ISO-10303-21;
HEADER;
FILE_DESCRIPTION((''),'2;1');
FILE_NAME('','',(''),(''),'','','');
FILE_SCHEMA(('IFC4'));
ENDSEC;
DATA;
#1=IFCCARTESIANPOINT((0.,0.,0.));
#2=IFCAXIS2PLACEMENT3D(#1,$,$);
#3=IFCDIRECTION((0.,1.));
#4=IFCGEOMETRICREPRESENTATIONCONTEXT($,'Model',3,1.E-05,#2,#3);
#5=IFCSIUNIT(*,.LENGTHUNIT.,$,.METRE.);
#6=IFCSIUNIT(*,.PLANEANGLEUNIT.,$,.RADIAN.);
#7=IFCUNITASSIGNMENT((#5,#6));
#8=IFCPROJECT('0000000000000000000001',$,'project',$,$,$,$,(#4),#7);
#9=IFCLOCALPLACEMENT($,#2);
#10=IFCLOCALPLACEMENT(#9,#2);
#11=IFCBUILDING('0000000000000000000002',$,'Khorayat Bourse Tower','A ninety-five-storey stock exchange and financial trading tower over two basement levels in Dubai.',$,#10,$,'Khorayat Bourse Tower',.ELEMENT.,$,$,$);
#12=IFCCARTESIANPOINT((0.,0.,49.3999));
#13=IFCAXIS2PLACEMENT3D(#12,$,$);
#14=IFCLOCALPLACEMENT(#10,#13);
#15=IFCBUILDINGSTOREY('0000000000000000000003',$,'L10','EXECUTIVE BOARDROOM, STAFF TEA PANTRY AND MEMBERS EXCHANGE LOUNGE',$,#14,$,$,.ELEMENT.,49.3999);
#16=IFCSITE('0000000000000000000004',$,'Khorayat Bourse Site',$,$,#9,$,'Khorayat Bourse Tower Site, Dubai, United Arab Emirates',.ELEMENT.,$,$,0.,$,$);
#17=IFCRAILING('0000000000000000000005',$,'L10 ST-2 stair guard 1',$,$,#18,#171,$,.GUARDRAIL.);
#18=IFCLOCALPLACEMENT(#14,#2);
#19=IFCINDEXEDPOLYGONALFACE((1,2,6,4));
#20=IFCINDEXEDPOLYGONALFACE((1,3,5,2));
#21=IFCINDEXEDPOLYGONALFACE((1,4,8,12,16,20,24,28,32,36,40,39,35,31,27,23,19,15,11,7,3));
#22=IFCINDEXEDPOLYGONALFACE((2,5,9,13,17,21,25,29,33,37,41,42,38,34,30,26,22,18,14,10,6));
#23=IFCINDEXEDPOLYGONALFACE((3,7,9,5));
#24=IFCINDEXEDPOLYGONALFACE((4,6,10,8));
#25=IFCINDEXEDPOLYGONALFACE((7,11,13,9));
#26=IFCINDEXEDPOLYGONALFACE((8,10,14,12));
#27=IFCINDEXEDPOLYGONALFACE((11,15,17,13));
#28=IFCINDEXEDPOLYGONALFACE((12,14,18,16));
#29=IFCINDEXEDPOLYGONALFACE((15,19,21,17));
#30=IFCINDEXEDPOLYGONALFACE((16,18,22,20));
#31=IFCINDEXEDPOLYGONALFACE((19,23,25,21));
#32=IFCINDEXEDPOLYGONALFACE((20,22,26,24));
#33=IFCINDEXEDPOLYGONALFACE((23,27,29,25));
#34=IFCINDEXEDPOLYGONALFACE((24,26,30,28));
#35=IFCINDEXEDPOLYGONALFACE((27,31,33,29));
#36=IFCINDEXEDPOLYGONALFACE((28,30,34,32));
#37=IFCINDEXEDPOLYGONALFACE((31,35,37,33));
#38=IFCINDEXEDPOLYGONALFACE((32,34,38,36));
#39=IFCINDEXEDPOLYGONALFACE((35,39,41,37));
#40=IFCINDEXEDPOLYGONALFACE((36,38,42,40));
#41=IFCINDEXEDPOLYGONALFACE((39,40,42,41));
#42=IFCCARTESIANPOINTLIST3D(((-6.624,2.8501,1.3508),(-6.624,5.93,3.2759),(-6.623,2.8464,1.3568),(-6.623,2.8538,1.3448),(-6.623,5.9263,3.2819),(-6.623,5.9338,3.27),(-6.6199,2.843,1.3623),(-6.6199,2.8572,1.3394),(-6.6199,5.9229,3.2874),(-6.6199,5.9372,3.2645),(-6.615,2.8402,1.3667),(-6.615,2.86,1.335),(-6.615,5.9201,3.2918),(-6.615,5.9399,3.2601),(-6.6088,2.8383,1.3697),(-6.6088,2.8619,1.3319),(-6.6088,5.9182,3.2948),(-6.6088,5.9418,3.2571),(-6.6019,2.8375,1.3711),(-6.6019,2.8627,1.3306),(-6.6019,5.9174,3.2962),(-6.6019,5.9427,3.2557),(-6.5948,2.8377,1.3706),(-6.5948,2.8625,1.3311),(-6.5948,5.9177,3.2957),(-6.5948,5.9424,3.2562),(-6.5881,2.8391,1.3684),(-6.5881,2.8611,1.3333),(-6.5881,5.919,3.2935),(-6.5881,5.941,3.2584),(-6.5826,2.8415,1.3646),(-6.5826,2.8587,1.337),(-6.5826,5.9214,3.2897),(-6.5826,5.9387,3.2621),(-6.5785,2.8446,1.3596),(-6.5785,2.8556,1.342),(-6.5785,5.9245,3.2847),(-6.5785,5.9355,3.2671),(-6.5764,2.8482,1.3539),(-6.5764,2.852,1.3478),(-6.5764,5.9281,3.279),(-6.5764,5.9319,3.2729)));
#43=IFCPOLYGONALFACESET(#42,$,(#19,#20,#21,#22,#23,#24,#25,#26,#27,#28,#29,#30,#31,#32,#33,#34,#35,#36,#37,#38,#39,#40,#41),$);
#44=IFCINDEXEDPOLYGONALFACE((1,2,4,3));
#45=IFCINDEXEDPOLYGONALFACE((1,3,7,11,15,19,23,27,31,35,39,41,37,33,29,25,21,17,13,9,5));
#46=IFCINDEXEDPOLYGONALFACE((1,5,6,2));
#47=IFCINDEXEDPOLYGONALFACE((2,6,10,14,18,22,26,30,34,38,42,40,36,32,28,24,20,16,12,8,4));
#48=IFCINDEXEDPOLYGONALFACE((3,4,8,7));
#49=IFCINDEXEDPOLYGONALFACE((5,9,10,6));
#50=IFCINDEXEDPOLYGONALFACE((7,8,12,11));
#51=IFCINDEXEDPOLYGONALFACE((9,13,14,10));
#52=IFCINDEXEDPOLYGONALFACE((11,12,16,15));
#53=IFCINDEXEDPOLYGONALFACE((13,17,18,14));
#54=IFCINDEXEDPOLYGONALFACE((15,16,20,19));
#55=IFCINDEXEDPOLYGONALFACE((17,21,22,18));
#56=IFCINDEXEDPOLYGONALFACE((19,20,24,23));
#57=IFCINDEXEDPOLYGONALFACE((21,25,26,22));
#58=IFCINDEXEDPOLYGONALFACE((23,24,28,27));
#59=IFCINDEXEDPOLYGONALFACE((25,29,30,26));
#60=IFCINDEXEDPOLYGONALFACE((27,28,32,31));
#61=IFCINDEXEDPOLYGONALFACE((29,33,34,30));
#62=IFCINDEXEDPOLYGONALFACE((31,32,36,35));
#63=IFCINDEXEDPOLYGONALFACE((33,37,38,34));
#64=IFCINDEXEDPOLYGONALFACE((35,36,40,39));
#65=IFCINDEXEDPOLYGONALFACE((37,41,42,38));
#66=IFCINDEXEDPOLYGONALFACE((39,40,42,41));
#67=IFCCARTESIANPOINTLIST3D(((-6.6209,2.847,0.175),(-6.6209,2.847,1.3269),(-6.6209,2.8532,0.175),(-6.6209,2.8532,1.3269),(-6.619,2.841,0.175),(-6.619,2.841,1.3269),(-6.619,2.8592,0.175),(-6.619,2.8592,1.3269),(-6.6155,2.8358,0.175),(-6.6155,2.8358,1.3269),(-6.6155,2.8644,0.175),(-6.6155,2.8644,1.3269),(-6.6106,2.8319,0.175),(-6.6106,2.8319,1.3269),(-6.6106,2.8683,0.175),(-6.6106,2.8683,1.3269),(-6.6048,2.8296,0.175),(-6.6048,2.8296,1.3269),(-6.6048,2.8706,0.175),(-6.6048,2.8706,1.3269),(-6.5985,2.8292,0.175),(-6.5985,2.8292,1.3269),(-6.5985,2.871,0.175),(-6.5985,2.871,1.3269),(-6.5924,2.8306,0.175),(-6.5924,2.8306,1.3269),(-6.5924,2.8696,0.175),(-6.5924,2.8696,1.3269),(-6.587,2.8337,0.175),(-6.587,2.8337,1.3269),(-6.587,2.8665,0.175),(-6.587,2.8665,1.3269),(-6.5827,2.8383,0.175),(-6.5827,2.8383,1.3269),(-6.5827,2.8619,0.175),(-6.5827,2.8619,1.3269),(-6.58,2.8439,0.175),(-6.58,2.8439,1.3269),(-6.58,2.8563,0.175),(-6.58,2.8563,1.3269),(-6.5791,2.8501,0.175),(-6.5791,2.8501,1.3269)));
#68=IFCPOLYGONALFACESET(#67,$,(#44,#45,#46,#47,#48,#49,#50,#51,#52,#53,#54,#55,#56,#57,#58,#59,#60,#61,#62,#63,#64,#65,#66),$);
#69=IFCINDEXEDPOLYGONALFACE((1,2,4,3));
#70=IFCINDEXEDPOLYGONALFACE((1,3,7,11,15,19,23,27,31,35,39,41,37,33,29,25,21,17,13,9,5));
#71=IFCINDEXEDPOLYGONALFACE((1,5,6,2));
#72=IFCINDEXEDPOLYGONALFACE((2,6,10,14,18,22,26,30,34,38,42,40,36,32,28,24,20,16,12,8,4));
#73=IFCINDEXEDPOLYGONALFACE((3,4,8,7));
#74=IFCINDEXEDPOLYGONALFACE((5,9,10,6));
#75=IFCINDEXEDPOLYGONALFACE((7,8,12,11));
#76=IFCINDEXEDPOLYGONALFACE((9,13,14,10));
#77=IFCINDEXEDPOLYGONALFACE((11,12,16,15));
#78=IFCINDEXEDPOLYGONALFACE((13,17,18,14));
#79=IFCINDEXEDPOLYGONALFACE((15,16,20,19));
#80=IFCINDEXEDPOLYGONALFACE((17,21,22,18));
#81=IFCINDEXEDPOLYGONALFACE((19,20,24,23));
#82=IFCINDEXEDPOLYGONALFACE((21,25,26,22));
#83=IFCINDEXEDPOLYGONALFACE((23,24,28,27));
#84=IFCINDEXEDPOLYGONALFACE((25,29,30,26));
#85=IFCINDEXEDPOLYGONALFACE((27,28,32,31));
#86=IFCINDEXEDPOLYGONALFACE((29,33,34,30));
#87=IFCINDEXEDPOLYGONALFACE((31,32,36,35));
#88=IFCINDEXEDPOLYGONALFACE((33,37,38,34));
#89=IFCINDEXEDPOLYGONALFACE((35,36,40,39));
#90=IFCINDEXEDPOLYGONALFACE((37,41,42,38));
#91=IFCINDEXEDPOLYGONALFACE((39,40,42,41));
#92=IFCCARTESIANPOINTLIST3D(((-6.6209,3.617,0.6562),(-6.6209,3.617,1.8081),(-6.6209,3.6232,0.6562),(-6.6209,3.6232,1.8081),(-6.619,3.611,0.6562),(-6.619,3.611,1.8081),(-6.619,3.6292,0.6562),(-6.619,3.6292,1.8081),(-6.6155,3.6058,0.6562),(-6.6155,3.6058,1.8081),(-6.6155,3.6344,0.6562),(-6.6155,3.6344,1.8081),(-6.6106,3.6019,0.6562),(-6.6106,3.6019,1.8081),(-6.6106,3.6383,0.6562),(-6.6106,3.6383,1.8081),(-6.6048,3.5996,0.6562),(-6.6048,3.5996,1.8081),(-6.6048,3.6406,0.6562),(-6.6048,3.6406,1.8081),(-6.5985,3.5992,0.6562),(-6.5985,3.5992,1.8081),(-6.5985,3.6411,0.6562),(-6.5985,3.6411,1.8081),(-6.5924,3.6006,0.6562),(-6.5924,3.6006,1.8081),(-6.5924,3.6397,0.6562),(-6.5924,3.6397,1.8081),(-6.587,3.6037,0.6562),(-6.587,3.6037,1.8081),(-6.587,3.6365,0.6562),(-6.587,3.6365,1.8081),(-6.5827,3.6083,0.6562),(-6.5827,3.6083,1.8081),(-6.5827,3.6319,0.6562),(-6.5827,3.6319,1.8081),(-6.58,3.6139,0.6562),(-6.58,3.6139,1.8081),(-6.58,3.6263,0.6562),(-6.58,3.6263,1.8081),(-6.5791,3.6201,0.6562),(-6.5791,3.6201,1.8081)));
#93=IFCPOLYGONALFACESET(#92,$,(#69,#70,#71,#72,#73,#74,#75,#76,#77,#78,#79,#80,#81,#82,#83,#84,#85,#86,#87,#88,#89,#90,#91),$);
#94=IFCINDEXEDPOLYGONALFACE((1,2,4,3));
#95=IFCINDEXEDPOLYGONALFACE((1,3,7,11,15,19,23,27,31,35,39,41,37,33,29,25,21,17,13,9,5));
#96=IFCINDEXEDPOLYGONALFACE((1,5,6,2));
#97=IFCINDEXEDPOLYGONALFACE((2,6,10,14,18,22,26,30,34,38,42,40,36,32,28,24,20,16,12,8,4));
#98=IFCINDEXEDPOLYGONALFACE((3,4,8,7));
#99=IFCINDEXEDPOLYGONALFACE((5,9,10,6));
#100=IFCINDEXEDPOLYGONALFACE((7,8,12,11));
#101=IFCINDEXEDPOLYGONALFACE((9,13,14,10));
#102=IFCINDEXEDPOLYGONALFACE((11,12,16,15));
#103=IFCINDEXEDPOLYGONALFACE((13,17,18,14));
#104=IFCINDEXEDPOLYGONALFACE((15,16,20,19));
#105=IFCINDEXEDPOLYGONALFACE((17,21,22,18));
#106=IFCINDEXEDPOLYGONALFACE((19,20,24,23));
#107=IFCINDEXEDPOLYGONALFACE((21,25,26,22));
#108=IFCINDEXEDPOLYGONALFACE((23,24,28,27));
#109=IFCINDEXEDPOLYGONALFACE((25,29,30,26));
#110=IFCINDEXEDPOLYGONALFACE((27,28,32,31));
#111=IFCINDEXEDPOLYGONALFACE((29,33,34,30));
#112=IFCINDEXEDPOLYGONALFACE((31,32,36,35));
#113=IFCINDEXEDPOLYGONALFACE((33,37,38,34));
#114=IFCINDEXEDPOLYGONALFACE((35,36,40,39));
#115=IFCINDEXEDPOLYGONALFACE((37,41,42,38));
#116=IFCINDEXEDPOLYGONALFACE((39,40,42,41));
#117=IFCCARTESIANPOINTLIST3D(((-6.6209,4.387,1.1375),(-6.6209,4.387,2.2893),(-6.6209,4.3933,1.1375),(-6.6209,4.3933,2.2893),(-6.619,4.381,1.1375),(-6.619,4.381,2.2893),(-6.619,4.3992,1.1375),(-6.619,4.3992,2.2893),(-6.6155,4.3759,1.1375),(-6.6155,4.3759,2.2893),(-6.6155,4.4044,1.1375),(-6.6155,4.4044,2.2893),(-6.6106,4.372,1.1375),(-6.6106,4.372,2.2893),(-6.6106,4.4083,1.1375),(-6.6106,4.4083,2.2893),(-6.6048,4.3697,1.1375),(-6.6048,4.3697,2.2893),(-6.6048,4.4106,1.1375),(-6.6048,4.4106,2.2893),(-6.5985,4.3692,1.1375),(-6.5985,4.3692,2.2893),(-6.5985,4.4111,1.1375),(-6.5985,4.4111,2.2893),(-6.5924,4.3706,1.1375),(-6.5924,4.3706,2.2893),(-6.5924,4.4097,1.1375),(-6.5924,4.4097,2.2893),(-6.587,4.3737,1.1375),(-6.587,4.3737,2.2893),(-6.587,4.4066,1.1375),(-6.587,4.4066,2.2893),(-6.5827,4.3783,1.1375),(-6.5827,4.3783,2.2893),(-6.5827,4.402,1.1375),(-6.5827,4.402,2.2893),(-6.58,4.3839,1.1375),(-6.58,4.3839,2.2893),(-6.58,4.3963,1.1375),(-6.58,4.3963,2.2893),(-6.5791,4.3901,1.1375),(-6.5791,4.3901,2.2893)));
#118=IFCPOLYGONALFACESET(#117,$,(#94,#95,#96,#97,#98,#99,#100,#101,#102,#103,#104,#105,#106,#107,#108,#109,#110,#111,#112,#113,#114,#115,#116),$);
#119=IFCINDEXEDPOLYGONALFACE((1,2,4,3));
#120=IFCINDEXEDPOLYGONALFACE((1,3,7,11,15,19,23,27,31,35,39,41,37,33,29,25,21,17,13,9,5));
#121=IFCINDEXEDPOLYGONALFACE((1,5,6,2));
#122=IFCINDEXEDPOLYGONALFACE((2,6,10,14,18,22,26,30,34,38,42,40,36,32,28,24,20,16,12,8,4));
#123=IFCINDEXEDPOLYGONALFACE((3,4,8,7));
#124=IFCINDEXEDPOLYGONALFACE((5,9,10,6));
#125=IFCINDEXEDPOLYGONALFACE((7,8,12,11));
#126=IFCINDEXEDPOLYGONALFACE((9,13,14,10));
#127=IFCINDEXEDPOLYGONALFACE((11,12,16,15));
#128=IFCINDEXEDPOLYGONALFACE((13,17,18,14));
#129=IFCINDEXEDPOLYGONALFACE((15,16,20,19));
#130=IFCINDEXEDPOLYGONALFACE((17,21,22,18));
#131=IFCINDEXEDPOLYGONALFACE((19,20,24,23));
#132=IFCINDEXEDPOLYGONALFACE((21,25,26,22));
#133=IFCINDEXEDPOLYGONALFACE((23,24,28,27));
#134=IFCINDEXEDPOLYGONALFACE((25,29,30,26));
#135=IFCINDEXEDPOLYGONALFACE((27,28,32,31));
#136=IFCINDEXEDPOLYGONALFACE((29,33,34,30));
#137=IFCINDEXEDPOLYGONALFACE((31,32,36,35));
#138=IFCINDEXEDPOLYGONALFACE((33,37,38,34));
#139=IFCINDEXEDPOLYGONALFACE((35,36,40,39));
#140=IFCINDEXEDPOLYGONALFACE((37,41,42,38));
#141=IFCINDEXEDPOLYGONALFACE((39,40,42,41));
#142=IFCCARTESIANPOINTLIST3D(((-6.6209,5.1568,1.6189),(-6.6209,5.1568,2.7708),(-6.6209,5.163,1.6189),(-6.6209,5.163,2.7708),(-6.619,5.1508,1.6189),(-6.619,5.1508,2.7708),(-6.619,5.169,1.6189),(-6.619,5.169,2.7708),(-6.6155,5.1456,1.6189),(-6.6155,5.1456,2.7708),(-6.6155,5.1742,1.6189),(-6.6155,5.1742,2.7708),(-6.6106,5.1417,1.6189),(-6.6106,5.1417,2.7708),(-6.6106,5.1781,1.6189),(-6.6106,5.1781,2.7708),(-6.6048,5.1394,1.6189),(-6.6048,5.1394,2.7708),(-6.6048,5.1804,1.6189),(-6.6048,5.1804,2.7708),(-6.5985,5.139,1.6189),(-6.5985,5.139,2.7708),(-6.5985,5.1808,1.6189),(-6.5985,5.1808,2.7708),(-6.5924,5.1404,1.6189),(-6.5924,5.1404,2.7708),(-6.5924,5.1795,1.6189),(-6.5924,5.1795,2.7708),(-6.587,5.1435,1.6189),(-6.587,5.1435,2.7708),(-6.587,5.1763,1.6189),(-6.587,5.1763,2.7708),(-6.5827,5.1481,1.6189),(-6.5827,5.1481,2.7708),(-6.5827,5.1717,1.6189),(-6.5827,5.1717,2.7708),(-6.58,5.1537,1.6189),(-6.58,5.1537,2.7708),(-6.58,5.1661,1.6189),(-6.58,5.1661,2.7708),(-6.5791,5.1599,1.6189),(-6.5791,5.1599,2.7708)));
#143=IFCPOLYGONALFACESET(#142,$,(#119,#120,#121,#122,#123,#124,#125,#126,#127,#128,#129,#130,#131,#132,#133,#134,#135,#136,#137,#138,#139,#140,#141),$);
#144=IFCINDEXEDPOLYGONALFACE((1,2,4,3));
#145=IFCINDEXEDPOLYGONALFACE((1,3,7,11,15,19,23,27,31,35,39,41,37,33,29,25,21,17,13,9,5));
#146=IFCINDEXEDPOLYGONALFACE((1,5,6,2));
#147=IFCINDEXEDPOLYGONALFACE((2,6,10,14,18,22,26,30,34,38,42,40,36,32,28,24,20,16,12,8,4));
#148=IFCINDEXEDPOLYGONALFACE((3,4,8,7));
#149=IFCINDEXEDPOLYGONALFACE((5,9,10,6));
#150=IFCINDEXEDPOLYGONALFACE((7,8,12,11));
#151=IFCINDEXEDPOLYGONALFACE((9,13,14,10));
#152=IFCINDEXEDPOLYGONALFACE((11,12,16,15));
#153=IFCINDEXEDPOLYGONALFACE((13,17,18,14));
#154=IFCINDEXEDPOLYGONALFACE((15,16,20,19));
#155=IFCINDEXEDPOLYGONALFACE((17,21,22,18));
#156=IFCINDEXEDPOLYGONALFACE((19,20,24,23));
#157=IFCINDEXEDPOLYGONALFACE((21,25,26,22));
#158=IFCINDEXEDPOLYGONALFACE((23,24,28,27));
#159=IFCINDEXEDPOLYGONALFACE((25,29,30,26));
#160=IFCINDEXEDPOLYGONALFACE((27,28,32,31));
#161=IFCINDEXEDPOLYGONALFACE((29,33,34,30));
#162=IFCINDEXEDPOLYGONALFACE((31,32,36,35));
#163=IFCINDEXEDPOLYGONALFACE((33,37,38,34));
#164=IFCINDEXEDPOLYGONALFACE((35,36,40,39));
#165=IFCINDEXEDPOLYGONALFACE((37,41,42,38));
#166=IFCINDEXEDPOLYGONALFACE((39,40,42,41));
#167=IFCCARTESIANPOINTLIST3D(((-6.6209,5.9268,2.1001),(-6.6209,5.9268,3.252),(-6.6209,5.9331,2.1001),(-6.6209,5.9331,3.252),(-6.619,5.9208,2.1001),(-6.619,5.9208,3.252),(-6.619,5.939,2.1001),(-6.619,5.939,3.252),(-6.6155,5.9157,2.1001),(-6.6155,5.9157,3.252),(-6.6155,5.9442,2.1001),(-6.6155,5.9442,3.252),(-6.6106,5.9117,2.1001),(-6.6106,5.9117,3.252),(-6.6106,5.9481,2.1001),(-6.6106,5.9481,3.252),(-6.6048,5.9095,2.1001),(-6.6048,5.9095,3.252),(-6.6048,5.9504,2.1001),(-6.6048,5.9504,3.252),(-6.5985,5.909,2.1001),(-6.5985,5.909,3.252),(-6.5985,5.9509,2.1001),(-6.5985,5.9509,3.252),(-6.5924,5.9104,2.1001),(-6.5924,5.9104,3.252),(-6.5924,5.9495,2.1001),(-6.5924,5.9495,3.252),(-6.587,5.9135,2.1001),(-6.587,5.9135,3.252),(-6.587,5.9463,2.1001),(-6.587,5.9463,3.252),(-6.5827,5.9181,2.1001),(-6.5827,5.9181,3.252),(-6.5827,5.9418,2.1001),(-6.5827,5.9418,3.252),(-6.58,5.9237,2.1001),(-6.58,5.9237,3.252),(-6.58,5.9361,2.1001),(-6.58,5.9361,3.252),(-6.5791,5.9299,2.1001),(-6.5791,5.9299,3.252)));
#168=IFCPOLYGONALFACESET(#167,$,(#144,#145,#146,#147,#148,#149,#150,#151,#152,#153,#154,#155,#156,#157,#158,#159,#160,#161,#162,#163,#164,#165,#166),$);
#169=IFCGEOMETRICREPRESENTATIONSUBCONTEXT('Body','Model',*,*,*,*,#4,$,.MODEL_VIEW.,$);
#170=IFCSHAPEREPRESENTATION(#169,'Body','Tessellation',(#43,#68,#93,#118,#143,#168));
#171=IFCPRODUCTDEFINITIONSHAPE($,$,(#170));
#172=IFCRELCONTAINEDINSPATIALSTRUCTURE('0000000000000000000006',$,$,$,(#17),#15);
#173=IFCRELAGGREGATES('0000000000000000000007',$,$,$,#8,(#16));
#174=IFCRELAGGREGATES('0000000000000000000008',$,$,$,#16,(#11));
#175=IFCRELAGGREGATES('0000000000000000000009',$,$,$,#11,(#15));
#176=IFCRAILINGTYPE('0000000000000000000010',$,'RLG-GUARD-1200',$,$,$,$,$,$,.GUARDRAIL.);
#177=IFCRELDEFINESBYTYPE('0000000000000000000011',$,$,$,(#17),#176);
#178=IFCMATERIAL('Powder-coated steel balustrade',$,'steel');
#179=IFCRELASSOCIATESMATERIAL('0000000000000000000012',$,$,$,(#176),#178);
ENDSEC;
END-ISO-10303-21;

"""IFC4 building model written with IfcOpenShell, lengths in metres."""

from ifc_helpers import new_model, si_unit, direction, frame, origin, origin_2d, place, context, subcontext, project, spatial, circle, extrude, source, transform, mapped, material, type_object, element, save


model = new_model("IFC4")

# Units and contexts
model_context = context("Model", 3, precision=1e-05, world=origin(), true_north=direction((0.0, 1.0)))
body_context = subcontext(model_context, "Body", "Model", "MODEL_VIEW")
ifc_project = project(units=[si_unit("LENGTHUNIT", "METRE"), si_unit("PLANEANGLEUNIT", "RADIAN")], contexts=[model_context])

# Site, building, storey
site_placement = place(None, origin())
site = spatial("IfcSite", under=ifc_project, at=site_placement, Name="Khorayat Bourse Site", LongName="Khorayat Bourse Tower Site, Dubai, United Arab Emirates", CompositionType="ELEMENT", RefElevation=0.0)
building_placement = place(site_placement, origin())
building = spatial("IfcBuilding", under=site, at=building_placement, Name="Khorayat Bourse Tower", Description="A ninety-five-storey stock exchange and financial trading tower over two basement levels in Dubai.", LongName="Khorayat Bourse Tower", CompositionType="ELEMENT")
storey_placement = place(building_placement, frame((0.0, 0.0, 49.3999)))
storey = spatial("IfcBuildingStorey", under=building, at=storey_placement, Name="L10", Description="EXECUTIVE BOARDROOM, STAFF TEA PANTRY AND MEMBERS EXCHANGE LOUNGE", CompositionType="ELEMENT", Elevation=49.3999)

# Railing
ifc_material_1 = material(Name="Powder-coated steel balustrade", Category="steel")
railing_type_1 = type_object("IfcRailingType", Name="RLG-GUARD-1200", PredefinedType="GUARDRAIL", material=ifc_material_1)
shared_shape_1 = source(origin(), body_context, "Body", "SweptSolid", [
    extrude(circle(Radius=0.0239, at=origin_2d()), frame((0.0, 0.0, 1.1758), z_axis=(0.0, 0.847979, 0.530029), x_axis=(-1.0, 0.0, 0.0)), (0.0, 0.0, 1.0), 3.6321),
    extrude(circle(Radius=0.021, at=origin_2d()), origin(), (0.0, 0.0, 1.0), 1.1519),
    extrude(circle(Radius=0.021, at=origin_2d()), frame((0.0, 0.77, 0.4812)), (0.0, 0.0, 1.0), 1.1519),
    extrude(circle(Radius=0.021, at=origin_2d()), frame((0.0, 1.54, 0.9624)), (0.0, 0.0, 1.0), 1.1519),
    extrude(circle(Radius=0.021, at=origin_2d()), frame((0.0, 2.3098, 1.4438)), (0.0, 0.0, 1.0), 1.1519),
    extrude(circle(Radius=0.021, at=origin_2d()), frame((0.0, 3.0798, 1.925)), (0.0, 0.0, 1.0), 1.1519),
])
railing_1_placement = place(storey_placement, frame((-6.6001, 2.8501, 0.175)))
element("IfcRailing", 1, at=railing_1_placement, inside=storey, type_object=railing_type_1, Name="L10 ST-2 stair guard 1", PredefinedType="GUARDRAIL", context=body_context, shape_type="MappedRepresentation", body=[
    mapped(shared_shape_1, transform((0.0, 0.0, 0.0), scale=1.0)),
])

save(model, "model.ifc")
